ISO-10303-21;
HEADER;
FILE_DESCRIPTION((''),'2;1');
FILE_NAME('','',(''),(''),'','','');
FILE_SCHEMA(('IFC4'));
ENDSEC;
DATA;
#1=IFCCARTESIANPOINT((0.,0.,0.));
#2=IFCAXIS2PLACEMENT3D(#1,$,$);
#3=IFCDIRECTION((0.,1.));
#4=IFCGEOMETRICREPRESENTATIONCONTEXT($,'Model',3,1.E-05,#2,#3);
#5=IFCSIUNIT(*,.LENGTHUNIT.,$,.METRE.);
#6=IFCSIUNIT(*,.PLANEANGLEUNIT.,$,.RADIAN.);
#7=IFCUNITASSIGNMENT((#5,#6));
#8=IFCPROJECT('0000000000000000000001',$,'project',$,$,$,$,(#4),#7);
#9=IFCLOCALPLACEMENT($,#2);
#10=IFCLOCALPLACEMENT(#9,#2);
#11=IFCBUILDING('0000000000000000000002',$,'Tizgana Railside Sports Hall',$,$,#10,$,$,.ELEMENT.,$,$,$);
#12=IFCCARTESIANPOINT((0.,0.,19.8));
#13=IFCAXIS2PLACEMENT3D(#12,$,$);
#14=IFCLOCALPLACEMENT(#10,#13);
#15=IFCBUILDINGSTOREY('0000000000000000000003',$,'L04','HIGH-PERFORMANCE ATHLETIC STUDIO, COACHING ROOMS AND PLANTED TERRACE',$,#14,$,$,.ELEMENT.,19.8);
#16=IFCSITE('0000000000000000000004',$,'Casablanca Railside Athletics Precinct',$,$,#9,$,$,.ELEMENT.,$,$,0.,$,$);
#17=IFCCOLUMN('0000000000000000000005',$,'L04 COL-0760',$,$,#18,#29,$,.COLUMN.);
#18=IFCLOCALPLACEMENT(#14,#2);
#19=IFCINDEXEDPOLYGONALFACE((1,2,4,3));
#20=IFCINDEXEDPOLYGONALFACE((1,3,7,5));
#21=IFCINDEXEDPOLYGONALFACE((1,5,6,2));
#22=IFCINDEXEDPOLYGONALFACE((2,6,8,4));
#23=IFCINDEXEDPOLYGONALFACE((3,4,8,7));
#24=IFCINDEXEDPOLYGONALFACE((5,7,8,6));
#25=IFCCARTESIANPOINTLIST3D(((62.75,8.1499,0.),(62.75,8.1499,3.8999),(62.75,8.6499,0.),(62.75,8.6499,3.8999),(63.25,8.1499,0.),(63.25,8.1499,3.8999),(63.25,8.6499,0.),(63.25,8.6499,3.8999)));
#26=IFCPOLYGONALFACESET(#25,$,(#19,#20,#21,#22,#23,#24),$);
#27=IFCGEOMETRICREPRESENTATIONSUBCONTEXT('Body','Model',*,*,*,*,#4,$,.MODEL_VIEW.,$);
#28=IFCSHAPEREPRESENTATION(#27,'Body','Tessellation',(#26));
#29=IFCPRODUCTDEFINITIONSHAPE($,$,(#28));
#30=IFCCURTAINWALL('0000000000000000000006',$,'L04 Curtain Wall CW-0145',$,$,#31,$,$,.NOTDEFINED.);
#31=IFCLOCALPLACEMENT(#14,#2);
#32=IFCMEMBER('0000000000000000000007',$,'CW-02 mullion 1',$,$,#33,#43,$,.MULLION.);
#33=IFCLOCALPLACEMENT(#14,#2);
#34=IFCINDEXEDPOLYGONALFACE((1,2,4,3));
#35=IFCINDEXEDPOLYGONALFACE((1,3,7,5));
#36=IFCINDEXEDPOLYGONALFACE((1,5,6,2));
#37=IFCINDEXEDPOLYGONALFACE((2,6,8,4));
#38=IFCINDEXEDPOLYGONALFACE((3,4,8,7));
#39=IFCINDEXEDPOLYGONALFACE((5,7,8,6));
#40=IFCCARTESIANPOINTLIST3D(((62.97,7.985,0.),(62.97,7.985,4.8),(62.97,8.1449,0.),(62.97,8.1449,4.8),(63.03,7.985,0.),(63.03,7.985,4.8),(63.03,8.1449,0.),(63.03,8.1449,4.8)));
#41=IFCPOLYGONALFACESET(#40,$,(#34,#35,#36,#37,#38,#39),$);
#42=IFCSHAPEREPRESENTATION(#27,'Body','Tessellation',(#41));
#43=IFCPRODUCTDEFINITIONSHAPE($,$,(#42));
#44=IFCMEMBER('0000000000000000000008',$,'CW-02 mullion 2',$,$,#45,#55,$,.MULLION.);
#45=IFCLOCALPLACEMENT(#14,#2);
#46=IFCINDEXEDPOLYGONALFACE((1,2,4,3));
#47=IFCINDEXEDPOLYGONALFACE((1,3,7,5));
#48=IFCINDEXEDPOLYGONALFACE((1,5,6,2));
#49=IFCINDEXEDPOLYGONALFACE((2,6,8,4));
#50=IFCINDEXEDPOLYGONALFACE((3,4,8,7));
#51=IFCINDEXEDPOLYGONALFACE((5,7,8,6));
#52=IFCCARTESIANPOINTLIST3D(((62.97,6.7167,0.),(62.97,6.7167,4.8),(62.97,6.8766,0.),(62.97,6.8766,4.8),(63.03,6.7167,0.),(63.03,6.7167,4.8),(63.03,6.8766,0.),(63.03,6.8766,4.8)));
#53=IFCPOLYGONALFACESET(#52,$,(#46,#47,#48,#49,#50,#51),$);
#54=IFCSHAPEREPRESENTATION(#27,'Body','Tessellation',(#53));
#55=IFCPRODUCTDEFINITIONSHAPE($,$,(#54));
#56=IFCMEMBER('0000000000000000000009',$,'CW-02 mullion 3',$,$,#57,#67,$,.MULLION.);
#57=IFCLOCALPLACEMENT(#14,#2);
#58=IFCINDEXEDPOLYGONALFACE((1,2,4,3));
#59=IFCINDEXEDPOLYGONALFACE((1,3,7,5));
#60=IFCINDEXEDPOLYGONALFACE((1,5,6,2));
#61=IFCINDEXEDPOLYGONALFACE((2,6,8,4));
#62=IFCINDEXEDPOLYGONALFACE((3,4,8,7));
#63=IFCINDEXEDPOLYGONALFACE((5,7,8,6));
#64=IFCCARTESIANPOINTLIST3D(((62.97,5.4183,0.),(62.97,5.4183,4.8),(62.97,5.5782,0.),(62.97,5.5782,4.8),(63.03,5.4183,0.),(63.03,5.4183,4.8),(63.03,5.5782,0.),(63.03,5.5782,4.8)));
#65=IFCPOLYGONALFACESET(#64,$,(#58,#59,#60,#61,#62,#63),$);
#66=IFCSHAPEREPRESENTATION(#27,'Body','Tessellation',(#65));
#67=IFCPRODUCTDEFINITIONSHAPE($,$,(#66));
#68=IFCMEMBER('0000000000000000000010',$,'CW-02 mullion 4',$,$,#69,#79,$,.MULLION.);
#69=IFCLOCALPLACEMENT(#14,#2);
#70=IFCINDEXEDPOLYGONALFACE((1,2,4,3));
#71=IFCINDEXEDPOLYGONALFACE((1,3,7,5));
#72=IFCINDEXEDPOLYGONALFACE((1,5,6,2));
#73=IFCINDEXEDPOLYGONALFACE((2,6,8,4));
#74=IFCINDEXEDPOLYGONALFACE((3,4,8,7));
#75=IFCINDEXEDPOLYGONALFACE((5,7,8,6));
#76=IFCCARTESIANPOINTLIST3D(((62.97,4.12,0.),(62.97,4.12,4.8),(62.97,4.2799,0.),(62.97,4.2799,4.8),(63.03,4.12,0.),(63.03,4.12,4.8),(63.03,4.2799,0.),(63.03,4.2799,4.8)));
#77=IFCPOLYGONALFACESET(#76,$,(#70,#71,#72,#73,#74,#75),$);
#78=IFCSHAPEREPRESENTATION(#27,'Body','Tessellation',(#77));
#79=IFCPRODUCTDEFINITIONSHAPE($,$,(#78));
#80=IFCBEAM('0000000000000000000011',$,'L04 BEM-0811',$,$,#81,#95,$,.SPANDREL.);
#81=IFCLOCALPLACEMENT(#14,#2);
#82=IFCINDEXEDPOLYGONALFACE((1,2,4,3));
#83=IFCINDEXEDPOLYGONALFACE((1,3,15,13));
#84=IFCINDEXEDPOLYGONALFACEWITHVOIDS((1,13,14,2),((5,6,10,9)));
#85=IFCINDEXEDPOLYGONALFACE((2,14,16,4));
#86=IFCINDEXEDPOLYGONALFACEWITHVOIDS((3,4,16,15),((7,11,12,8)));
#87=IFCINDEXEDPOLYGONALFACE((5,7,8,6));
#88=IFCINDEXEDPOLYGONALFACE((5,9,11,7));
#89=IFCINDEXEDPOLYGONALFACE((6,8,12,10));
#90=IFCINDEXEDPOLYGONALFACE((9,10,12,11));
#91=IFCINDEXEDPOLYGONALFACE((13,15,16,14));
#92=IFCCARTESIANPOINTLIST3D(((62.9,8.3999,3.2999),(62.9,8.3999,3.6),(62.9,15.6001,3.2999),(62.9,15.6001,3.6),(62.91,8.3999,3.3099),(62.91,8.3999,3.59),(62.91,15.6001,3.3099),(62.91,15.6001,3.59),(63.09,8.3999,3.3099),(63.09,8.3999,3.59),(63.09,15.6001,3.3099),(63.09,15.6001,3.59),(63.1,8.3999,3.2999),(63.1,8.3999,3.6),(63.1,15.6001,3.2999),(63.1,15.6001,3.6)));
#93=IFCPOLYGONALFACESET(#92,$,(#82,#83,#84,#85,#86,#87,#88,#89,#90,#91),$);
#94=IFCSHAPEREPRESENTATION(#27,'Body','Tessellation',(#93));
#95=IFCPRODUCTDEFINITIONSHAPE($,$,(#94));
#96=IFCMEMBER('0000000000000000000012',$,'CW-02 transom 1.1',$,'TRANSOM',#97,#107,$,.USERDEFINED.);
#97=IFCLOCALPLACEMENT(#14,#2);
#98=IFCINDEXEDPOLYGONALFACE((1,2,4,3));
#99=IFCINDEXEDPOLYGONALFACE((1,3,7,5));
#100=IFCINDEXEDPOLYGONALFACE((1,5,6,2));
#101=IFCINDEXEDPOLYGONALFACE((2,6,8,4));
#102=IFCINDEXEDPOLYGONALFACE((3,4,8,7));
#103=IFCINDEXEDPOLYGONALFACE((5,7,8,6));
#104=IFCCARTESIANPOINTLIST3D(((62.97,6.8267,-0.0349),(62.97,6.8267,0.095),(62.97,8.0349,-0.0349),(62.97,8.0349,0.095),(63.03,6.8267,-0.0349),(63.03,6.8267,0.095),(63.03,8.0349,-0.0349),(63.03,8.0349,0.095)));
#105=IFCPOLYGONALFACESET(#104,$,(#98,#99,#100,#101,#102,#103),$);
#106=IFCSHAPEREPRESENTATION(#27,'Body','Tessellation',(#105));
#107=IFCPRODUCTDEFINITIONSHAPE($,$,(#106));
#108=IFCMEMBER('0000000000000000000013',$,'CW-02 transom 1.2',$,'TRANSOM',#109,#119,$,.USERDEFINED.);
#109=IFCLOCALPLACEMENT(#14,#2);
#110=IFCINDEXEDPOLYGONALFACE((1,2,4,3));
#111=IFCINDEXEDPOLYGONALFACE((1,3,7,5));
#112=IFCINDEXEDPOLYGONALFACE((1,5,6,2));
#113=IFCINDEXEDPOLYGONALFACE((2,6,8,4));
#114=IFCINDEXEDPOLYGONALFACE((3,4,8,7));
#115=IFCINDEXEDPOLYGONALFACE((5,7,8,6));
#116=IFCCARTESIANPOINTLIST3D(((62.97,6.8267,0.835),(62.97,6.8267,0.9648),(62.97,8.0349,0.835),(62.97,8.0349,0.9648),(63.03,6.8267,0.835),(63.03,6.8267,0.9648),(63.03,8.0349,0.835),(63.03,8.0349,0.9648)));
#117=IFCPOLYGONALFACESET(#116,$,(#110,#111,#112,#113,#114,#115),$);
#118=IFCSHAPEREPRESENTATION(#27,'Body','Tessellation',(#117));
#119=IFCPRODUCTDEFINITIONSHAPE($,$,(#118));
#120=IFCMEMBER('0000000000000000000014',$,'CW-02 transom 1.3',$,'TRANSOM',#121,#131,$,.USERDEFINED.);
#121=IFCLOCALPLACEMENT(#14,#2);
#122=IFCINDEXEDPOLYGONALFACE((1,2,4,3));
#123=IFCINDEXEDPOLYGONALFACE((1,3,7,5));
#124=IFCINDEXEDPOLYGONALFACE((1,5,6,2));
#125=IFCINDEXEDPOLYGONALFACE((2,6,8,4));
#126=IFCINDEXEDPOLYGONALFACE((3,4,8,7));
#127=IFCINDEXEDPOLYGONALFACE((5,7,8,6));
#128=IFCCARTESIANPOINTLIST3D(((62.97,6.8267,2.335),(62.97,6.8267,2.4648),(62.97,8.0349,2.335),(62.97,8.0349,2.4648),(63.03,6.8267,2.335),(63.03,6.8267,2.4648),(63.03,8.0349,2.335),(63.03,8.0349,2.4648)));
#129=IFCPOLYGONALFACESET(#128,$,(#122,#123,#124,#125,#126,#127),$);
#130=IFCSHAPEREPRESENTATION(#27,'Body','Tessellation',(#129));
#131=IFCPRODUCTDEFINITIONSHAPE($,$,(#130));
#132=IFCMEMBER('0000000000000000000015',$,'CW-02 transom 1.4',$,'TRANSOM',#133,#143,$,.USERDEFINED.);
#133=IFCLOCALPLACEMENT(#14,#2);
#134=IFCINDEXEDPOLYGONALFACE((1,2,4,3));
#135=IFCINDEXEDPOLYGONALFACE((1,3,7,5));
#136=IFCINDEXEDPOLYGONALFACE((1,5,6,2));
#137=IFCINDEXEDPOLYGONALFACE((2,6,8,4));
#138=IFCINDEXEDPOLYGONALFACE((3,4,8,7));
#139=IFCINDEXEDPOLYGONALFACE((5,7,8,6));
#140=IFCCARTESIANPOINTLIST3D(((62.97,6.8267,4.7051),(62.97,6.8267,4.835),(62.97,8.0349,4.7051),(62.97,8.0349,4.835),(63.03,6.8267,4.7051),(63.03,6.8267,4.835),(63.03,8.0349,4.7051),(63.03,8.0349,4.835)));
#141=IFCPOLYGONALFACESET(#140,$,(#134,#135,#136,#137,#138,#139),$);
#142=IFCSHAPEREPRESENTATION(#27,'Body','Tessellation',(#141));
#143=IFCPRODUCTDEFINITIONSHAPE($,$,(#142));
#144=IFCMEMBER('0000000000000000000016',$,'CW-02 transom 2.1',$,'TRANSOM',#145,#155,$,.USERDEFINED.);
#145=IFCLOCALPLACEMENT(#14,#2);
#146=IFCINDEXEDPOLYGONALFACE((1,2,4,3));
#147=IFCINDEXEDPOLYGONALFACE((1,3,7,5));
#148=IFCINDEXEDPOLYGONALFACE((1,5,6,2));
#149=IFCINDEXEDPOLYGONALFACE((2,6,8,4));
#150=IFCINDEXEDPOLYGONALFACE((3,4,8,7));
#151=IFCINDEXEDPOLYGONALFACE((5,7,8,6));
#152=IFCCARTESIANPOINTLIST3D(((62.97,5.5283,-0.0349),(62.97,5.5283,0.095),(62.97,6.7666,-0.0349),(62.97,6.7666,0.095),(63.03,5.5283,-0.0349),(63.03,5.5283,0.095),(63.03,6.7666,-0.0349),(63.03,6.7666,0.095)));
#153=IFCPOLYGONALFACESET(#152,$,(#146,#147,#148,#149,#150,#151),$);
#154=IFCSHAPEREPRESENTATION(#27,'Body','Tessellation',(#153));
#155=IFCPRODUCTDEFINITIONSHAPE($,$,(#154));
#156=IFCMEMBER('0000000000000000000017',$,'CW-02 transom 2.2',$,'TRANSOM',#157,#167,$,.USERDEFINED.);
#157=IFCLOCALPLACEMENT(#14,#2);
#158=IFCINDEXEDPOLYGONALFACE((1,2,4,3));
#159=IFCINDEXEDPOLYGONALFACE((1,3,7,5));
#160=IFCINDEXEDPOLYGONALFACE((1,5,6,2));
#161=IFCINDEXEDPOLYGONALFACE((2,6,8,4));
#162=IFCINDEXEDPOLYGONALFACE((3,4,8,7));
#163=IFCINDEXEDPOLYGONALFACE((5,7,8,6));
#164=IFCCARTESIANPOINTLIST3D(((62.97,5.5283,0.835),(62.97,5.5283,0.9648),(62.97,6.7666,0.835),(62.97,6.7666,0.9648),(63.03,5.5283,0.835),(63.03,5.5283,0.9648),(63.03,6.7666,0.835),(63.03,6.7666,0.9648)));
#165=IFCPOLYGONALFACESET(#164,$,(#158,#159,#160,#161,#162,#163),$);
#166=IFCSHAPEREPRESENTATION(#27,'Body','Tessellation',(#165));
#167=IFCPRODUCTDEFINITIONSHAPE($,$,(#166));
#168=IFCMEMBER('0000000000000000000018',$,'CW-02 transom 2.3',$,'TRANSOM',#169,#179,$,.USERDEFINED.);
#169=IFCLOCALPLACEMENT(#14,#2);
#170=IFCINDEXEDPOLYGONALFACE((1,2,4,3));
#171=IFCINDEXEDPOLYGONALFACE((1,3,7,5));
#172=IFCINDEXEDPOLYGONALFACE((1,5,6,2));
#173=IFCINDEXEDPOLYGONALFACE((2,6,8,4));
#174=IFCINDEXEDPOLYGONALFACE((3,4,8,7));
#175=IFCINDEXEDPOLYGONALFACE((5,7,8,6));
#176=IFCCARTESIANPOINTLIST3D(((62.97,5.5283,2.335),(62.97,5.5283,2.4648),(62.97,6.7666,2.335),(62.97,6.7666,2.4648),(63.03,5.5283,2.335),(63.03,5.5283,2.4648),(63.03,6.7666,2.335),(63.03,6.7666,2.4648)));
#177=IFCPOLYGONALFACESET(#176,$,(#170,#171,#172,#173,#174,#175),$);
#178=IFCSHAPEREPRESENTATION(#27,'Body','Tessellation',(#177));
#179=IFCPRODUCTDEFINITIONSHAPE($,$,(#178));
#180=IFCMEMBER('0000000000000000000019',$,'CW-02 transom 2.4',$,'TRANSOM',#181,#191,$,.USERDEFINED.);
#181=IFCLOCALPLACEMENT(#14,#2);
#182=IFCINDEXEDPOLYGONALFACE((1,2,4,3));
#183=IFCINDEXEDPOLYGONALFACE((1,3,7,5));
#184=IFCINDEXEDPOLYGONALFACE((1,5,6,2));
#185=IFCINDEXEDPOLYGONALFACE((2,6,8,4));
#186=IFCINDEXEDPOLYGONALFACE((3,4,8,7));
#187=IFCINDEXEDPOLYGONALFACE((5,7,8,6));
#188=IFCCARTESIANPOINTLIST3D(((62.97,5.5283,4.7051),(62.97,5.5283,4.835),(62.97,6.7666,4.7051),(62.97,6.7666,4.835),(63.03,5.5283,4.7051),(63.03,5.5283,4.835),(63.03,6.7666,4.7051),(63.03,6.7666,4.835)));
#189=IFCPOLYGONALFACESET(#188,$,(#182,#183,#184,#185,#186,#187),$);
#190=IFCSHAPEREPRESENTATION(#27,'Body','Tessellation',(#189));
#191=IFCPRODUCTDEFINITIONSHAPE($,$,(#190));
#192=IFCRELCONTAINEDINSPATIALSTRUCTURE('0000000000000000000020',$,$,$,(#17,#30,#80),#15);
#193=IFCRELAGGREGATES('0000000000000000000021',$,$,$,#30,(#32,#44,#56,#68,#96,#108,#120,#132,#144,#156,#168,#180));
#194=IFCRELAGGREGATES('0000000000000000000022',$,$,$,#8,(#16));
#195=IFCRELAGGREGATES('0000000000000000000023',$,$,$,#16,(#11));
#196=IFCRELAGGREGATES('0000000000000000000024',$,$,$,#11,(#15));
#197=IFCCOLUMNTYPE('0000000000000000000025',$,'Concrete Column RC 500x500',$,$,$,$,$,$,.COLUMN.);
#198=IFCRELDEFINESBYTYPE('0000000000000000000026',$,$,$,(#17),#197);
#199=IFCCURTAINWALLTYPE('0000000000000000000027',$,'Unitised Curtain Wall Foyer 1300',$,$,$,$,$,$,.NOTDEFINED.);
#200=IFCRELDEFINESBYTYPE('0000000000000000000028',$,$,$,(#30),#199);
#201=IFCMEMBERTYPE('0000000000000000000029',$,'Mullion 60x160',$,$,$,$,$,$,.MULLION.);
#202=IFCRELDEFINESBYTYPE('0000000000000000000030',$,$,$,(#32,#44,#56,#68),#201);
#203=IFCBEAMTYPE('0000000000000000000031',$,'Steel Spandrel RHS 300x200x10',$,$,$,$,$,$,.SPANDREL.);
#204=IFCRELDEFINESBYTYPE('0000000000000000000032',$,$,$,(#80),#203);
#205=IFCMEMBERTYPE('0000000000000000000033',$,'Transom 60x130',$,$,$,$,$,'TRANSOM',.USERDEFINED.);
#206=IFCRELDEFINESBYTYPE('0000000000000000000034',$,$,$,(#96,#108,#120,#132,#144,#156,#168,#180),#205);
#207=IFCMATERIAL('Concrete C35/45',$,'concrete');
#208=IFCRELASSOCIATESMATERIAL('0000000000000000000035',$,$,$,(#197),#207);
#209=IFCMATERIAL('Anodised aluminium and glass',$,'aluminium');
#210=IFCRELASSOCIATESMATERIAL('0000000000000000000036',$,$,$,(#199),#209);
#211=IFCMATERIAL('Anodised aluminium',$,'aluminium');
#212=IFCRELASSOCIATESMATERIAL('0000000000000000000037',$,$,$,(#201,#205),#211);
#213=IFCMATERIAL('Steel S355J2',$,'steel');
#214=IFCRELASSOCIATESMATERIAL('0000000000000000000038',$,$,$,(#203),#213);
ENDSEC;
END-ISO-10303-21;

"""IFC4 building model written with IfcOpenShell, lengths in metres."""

from ifc_helpers import new_model, si_unit, direction, frame, origin, origin_2d, place, context, subcontext, project, spatial, rectangle, hollow_rectangle, extrude, material, material_profile, profile_set, type_object, element, aggregate, save


model = new_model("IFC4")

# Units and contexts
model_context = context("Model", 3, precision=1e-05, world=origin(), true_north=direction((0.0, 1.0)))
body_context = subcontext(model_context, "Body", "Model", "MODEL_VIEW")
ifc_project = project(units=[si_unit("LENGTHUNIT", "METRE"), si_unit("PLANEANGLEUNIT", "RADIAN")], contexts=[model_context])

# Site, building, storey
site_placement = place(None, origin())
site = spatial("IfcSite", under=ifc_project, at=site_placement, Name="Casablanca Railside Athletics Precinct", CompositionType="ELEMENT", RefElevation=0.0)
building_placement = place(site_placement, origin())
building = spatial("IfcBuilding", under=site, at=building_placement, Name="Tizgana Railside Sports Hall", CompositionType="ELEMENT")
storey_placement = place(building_placement, frame((0.0, 0.0, 19.8)))
storey = spatial("IfcBuildingStorey", under=building, at=storey_placement, Name="L04", Description="HIGH-PERFORMANCE ATHLETIC STUDIO, COACHING ROOMS AND PLANTED TERRACE", CompositionType="ELEMENT", Elevation=19.8)

# Column
ifc_material_1 = material(Name="Concrete C35/45", Category="concrete")
ifc_material_profile_1 = material_profile(ifc_material_1, rectangle(XDim=0.5, YDim=0.5, at=origin_2d()), Name="RC 500x500")
ifc_profile_set_1 = profile_set([ifc_material_profile_1], Name="Concrete C35/45")
column_type = type_object("IfcColumnType", Name="Concrete Column RC 500x500", PredefinedType="COLUMN", material=ifc_profile_set_1)
column_placement = place(storey_placement, frame((63.0, 8.3999, 0.0), z_axis=(0.0, 0.0, 1.0), x_axis=(1.0, 0.0, 0.0)))
element("IfcColumn", 1, at=column_placement, inside=storey, type_object=column_type, Name="L04 COL-0760", PredefinedType="COLUMN", context=body_context, shape_type="SweptSolid", body=[
    extrude(rectangle(XDim=0.5, YDim=0.5, at=origin_2d()), origin(), (0.0, 0.0, 1.0), 3.8999),
])

# Curtain wall, members
ifc_material_2 = material(Name="Anodised aluminium and glass", Category="aluminium")
curtain_wall_type = type_object("IfcCurtainWallType", Name="Unitised Curtain Wall Foyer 1300", PredefinedType="NOTDEFINED", material=ifc_material_2)
curtain_wall_placement = place(storey_placement, origin())
curtain_wall = element("IfcCurtainWall", 2, at=curtain_wall_placement, inside=storey, type_object=curtain_wall_type, Name="L04 Curtain Wall CW-0145", PredefinedType="NOTDEFINED")
ifc_material_3 = material(Name="Anodised aluminium", Category="aluminium")
ifc_material_profile_2 = material_profile(ifc_material_3, rectangle(XDim=0.0601, YDim=0.1599, at=origin_2d()), Name="Mullion 60x160")
ifc_profile_set_2 = profile_set([ifc_material_profile_2], Name="Anodised aluminium")
member_type_1 = type_object("IfcMemberType", Name="Mullion 60x160", PredefinedType="MULLION", material=ifc_profile_set_2)
member_1_placement = place(storey_placement, frame((63.0, 8.0649, 0.0), z_axis=(0.0, 0.0, 1.0), x_axis=(1.0, 0.0, 0.0)))
member_1 = element("IfcMember", 3, at=member_1_placement, type_object=member_type_1, Name="CW-02 mullion 1", PredefinedType="MULLION", context=body_context, shape_type="SweptSolid", body=[
    extrude(rectangle(XDim=0.0601, YDim=0.1599, at=origin_2d()), origin(), (0.0, 0.0, 1.0), 4.8),
])
member_2_placement = place(storey_placement, frame((63.0, 6.7966, 0.0), z_axis=(0.0, 0.0, 1.0), x_axis=(1.0, 0.0, 0.0)))
member_2 = element("IfcMember", 4, at=member_2_placement, type_object=member_type_1, Name="CW-02 mullion 2", PredefinedType="MULLION", context=body_context, shape_type="SweptSolid", body=[
    extrude(rectangle(XDim=0.0601, YDim=0.1599, at=origin_2d()), origin(), (0.0, 0.0, 1.0), 4.8),
])
member_3_placement = place(storey_placement, frame((63.0, 5.4983, 0.0), z_axis=(0.0, 0.0, 1.0), x_axis=(1.0, 0.0, 0.0)))
member_3 = element("IfcMember", 5, at=member_3_placement, type_object=member_type_1, Name="CW-02 mullion 3", PredefinedType="MULLION", context=body_context, shape_type="SweptSolid", body=[
    extrude(rectangle(XDim=0.0601, YDim=0.1599, at=origin_2d()), origin(), (0.0, 0.0, 1.0), 4.8),
])
member_4_placement = place(storey_placement, frame((63.0, 4.2, 0.0), z_axis=(0.0, 0.0, 1.0), x_axis=(1.0, 0.0, 0.0)))
member_4 = element("IfcMember", 6, at=member_4_placement, type_object=member_type_1, Name="CW-02 mullion 4", PredefinedType="MULLION", context=body_context, shape_type="SweptSolid", body=[
    extrude(rectangle(XDim=0.0601, YDim=0.1599, at=origin_2d()), origin(), (0.0, 0.0, 1.0), 4.8),
])

# Beam
ifc_material_4 = material(Name="Steel S355J2", Category="steel")
ifc_material_profile_3 = material_profile(ifc_material_4, hollow_rectangle(XDim=0.2, YDim=0.3, WallThickness=0.01, at=origin_2d()), Name="RHS 300x200x10")
ifc_profile_set_3 = profile_set([ifc_material_profile_3], Name="Steel S355J2")
beam_type = type_object("IfcBeamType", Name="Steel Spandrel RHS 300x200x10", PredefinedType="SPANDREL", material=ifc_profile_set_3)
beam_placement = place(storey_placement, frame((63.0, 8.3999, 3.45), z_axis=(0.0, 1.0, 0.0), x_axis=(-1.0, 0.0, 0.0)))
element("IfcBeam", 7, at=beam_placement, inside=storey, type_object=beam_type, Name="L04 BEM-0811", PredefinedType="SPANDREL", context=body_context, shape_type="SweptSolid", body=[
    extrude(hollow_rectangle(XDim=0.2, YDim=0.3, WallThickness=0.01, at=origin_2d()), origin(), (0.0, 0.0, 1.0), 7.2002),
])

# Members
ifc_material_profile_4 = material_profile(ifc_material_3, rectangle(XDim=0.0601, YDim=0.1299, at=origin_2d()), Name="Transom 60x130")
ifc_profile_set_4 = profile_set([ifc_material_profile_4], Name="Anodised aluminium")
member_type_2 = type_object("IfcMemberType", Name="Transom 60x130", ElementType="TRANSOM", PredefinedType="USERDEFINED", material=ifc_profile_set_4)
member_5_placement = place(storey_placement, frame((63.0, 8.0349, 0.03), z_axis=(0.0, -1.0, 0.0), x_axis=(1.0, 0.0, 0.0)))
member_5 = element("IfcMember", 8, at=member_5_placement, type_object=member_type_2, Name="CW-02 transom 1.1", ObjectType="TRANSOM", PredefinedType="USERDEFINED", context=body_context, shape_type="SweptSolid", body=[
    extrude(rectangle(XDim=0.0601, YDim=0.1299, at=origin_2d()), origin(), (0.0, 0.0, 1.0), 1.2083),
])
member_6_placement = place(storey_placement, frame((63.0, 8.0349, 0.8999), z_axis=(0.0, -1.0, 0.0), x_axis=(1.0, 0.0, 0.0)))
member_6 = element("IfcMember", 9, at=member_6_placement, type_object=member_type_2, Name="CW-02 transom 1.2", ObjectType="TRANSOM", PredefinedType="USERDEFINED", context=body_context, shape_type="SweptSolid", body=[
    extrude(rectangle(XDim=0.0601, YDim=0.1299, at=origin_2d()), origin(), (0.0, 0.0, 1.0), 1.2083),
])
member_7_placement = place(storey_placement, frame((63.0, 8.0349, 2.3999), z_axis=(0.0, -1.0, 0.0), x_axis=(1.0, 0.0, 0.0)))
member_7 = element("IfcMember", 10, at=member_7_placement, type_object=member_type_2, Name="CW-02 transom 1.3", ObjectType="TRANSOM", PredefinedType="USERDEFINED", context=body_context, shape_type="SweptSolid", body=[
    extrude(rectangle(XDim=0.0601, YDim=0.1299, at=origin_2d()), origin(), (0.0, 0.0, 1.0), 1.2083),
])
member_8_placement = place(storey_placement, frame((63.0, 8.0349, 4.77), z_axis=(0.0, -1.0, 0.0), x_axis=(1.0, 0.0, 0.0)))
member_8 = element("IfcMember", 11, at=member_8_placement, type_object=member_type_2, Name="CW-02 transom 1.4", ObjectType="TRANSOM", PredefinedType="USERDEFINED", context=body_context, shape_type="SweptSolid", body=[
    extrude(rectangle(XDim=0.0601, YDim=0.1299, at=origin_2d()), origin(), (0.0, 0.0, 1.0), 1.2083),
])
member_9_placement = place(storey_placement, frame((63.0, 6.7666, 0.03), z_axis=(0.0, -1.0, 0.0), x_axis=(1.0, 0.0, 0.0)))
member_9 = element("IfcMember", 12, at=member_9_placement, type_object=member_type_2, Name="CW-02 transom 2.1", ObjectType="TRANSOM", PredefinedType="USERDEFINED", context=body_context, shape_type="SweptSolid", body=[
    extrude(rectangle(XDim=0.0601, YDim=0.1299, at=origin_2d()), origin(), (0.0, 0.0, 1.0), 1.2383),
])
member_10_placement = place(storey_placement, frame((63.0, 6.7666, 0.8999), z_axis=(0.0, -1.0, 0.0), x_axis=(1.0, 0.0, 0.0)))
member_10 = element("IfcMember", 13, at=member_10_placement, type_object=member_type_2, Name="CW-02 transom 2.2", ObjectType="TRANSOM", PredefinedType="USERDEFINED", context=body_context, shape_type="SweptSolid", body=[
    extrude(rectangle(XDim=0.0601, YDim=0.1299, at=origin_2d()), origin(), (0.0, 0.0, 1.0), 1.2383),
])
member_11_placement = place(storey_placement, frame((63.0, 6.7666, 2.3999), z_axis=(0.0, -1.0, 0.0), x_axis=(1.0, 0.0, 0.0)))
member_11 = element("IfcMember", 14, at=member_11_placement, type_object=member_type_2, Name="CW-02 transom 2.3", ObjectType="TRANSOM", PredefinedType="USERDEFINED", context=body_context, shape_type="SweptSolid", body=[
    extrude(rectangle(XDim=0.0601, YDim=0.1299, at=origin_2d()), origin(), (0.0, 0.0, 1.0), 1.2383),
])
member_12_placement = place(storey_placement, frame((63.0, 6.7666, 4.77), z_axis=(0.0, -1.0, 0.0), x_axis=(1.0, 0.0, 0.0)))
member_12 = element("IfcMember", 15, at=member_12_placement, type_object=member_type_2, Name="CW-02 transom 2.4", ObjectType="TRANSOM", PredefinedType="USERDEFINED", context=body_context, shape_type="SweptSolid", body=[
    extrude(rectangle(XDim=0.0601, YDim=0.1299, at=origin_2d()), origin(), (0.0, 0.0, 1.0), 1.2383),
])

aggregate(curtain_wall, [member_1, member_2, member_3, member_4, member_5, member_6, member_7, member_8, member_9, member_10, member_11, member_12])

save(model, "model.ifc")
